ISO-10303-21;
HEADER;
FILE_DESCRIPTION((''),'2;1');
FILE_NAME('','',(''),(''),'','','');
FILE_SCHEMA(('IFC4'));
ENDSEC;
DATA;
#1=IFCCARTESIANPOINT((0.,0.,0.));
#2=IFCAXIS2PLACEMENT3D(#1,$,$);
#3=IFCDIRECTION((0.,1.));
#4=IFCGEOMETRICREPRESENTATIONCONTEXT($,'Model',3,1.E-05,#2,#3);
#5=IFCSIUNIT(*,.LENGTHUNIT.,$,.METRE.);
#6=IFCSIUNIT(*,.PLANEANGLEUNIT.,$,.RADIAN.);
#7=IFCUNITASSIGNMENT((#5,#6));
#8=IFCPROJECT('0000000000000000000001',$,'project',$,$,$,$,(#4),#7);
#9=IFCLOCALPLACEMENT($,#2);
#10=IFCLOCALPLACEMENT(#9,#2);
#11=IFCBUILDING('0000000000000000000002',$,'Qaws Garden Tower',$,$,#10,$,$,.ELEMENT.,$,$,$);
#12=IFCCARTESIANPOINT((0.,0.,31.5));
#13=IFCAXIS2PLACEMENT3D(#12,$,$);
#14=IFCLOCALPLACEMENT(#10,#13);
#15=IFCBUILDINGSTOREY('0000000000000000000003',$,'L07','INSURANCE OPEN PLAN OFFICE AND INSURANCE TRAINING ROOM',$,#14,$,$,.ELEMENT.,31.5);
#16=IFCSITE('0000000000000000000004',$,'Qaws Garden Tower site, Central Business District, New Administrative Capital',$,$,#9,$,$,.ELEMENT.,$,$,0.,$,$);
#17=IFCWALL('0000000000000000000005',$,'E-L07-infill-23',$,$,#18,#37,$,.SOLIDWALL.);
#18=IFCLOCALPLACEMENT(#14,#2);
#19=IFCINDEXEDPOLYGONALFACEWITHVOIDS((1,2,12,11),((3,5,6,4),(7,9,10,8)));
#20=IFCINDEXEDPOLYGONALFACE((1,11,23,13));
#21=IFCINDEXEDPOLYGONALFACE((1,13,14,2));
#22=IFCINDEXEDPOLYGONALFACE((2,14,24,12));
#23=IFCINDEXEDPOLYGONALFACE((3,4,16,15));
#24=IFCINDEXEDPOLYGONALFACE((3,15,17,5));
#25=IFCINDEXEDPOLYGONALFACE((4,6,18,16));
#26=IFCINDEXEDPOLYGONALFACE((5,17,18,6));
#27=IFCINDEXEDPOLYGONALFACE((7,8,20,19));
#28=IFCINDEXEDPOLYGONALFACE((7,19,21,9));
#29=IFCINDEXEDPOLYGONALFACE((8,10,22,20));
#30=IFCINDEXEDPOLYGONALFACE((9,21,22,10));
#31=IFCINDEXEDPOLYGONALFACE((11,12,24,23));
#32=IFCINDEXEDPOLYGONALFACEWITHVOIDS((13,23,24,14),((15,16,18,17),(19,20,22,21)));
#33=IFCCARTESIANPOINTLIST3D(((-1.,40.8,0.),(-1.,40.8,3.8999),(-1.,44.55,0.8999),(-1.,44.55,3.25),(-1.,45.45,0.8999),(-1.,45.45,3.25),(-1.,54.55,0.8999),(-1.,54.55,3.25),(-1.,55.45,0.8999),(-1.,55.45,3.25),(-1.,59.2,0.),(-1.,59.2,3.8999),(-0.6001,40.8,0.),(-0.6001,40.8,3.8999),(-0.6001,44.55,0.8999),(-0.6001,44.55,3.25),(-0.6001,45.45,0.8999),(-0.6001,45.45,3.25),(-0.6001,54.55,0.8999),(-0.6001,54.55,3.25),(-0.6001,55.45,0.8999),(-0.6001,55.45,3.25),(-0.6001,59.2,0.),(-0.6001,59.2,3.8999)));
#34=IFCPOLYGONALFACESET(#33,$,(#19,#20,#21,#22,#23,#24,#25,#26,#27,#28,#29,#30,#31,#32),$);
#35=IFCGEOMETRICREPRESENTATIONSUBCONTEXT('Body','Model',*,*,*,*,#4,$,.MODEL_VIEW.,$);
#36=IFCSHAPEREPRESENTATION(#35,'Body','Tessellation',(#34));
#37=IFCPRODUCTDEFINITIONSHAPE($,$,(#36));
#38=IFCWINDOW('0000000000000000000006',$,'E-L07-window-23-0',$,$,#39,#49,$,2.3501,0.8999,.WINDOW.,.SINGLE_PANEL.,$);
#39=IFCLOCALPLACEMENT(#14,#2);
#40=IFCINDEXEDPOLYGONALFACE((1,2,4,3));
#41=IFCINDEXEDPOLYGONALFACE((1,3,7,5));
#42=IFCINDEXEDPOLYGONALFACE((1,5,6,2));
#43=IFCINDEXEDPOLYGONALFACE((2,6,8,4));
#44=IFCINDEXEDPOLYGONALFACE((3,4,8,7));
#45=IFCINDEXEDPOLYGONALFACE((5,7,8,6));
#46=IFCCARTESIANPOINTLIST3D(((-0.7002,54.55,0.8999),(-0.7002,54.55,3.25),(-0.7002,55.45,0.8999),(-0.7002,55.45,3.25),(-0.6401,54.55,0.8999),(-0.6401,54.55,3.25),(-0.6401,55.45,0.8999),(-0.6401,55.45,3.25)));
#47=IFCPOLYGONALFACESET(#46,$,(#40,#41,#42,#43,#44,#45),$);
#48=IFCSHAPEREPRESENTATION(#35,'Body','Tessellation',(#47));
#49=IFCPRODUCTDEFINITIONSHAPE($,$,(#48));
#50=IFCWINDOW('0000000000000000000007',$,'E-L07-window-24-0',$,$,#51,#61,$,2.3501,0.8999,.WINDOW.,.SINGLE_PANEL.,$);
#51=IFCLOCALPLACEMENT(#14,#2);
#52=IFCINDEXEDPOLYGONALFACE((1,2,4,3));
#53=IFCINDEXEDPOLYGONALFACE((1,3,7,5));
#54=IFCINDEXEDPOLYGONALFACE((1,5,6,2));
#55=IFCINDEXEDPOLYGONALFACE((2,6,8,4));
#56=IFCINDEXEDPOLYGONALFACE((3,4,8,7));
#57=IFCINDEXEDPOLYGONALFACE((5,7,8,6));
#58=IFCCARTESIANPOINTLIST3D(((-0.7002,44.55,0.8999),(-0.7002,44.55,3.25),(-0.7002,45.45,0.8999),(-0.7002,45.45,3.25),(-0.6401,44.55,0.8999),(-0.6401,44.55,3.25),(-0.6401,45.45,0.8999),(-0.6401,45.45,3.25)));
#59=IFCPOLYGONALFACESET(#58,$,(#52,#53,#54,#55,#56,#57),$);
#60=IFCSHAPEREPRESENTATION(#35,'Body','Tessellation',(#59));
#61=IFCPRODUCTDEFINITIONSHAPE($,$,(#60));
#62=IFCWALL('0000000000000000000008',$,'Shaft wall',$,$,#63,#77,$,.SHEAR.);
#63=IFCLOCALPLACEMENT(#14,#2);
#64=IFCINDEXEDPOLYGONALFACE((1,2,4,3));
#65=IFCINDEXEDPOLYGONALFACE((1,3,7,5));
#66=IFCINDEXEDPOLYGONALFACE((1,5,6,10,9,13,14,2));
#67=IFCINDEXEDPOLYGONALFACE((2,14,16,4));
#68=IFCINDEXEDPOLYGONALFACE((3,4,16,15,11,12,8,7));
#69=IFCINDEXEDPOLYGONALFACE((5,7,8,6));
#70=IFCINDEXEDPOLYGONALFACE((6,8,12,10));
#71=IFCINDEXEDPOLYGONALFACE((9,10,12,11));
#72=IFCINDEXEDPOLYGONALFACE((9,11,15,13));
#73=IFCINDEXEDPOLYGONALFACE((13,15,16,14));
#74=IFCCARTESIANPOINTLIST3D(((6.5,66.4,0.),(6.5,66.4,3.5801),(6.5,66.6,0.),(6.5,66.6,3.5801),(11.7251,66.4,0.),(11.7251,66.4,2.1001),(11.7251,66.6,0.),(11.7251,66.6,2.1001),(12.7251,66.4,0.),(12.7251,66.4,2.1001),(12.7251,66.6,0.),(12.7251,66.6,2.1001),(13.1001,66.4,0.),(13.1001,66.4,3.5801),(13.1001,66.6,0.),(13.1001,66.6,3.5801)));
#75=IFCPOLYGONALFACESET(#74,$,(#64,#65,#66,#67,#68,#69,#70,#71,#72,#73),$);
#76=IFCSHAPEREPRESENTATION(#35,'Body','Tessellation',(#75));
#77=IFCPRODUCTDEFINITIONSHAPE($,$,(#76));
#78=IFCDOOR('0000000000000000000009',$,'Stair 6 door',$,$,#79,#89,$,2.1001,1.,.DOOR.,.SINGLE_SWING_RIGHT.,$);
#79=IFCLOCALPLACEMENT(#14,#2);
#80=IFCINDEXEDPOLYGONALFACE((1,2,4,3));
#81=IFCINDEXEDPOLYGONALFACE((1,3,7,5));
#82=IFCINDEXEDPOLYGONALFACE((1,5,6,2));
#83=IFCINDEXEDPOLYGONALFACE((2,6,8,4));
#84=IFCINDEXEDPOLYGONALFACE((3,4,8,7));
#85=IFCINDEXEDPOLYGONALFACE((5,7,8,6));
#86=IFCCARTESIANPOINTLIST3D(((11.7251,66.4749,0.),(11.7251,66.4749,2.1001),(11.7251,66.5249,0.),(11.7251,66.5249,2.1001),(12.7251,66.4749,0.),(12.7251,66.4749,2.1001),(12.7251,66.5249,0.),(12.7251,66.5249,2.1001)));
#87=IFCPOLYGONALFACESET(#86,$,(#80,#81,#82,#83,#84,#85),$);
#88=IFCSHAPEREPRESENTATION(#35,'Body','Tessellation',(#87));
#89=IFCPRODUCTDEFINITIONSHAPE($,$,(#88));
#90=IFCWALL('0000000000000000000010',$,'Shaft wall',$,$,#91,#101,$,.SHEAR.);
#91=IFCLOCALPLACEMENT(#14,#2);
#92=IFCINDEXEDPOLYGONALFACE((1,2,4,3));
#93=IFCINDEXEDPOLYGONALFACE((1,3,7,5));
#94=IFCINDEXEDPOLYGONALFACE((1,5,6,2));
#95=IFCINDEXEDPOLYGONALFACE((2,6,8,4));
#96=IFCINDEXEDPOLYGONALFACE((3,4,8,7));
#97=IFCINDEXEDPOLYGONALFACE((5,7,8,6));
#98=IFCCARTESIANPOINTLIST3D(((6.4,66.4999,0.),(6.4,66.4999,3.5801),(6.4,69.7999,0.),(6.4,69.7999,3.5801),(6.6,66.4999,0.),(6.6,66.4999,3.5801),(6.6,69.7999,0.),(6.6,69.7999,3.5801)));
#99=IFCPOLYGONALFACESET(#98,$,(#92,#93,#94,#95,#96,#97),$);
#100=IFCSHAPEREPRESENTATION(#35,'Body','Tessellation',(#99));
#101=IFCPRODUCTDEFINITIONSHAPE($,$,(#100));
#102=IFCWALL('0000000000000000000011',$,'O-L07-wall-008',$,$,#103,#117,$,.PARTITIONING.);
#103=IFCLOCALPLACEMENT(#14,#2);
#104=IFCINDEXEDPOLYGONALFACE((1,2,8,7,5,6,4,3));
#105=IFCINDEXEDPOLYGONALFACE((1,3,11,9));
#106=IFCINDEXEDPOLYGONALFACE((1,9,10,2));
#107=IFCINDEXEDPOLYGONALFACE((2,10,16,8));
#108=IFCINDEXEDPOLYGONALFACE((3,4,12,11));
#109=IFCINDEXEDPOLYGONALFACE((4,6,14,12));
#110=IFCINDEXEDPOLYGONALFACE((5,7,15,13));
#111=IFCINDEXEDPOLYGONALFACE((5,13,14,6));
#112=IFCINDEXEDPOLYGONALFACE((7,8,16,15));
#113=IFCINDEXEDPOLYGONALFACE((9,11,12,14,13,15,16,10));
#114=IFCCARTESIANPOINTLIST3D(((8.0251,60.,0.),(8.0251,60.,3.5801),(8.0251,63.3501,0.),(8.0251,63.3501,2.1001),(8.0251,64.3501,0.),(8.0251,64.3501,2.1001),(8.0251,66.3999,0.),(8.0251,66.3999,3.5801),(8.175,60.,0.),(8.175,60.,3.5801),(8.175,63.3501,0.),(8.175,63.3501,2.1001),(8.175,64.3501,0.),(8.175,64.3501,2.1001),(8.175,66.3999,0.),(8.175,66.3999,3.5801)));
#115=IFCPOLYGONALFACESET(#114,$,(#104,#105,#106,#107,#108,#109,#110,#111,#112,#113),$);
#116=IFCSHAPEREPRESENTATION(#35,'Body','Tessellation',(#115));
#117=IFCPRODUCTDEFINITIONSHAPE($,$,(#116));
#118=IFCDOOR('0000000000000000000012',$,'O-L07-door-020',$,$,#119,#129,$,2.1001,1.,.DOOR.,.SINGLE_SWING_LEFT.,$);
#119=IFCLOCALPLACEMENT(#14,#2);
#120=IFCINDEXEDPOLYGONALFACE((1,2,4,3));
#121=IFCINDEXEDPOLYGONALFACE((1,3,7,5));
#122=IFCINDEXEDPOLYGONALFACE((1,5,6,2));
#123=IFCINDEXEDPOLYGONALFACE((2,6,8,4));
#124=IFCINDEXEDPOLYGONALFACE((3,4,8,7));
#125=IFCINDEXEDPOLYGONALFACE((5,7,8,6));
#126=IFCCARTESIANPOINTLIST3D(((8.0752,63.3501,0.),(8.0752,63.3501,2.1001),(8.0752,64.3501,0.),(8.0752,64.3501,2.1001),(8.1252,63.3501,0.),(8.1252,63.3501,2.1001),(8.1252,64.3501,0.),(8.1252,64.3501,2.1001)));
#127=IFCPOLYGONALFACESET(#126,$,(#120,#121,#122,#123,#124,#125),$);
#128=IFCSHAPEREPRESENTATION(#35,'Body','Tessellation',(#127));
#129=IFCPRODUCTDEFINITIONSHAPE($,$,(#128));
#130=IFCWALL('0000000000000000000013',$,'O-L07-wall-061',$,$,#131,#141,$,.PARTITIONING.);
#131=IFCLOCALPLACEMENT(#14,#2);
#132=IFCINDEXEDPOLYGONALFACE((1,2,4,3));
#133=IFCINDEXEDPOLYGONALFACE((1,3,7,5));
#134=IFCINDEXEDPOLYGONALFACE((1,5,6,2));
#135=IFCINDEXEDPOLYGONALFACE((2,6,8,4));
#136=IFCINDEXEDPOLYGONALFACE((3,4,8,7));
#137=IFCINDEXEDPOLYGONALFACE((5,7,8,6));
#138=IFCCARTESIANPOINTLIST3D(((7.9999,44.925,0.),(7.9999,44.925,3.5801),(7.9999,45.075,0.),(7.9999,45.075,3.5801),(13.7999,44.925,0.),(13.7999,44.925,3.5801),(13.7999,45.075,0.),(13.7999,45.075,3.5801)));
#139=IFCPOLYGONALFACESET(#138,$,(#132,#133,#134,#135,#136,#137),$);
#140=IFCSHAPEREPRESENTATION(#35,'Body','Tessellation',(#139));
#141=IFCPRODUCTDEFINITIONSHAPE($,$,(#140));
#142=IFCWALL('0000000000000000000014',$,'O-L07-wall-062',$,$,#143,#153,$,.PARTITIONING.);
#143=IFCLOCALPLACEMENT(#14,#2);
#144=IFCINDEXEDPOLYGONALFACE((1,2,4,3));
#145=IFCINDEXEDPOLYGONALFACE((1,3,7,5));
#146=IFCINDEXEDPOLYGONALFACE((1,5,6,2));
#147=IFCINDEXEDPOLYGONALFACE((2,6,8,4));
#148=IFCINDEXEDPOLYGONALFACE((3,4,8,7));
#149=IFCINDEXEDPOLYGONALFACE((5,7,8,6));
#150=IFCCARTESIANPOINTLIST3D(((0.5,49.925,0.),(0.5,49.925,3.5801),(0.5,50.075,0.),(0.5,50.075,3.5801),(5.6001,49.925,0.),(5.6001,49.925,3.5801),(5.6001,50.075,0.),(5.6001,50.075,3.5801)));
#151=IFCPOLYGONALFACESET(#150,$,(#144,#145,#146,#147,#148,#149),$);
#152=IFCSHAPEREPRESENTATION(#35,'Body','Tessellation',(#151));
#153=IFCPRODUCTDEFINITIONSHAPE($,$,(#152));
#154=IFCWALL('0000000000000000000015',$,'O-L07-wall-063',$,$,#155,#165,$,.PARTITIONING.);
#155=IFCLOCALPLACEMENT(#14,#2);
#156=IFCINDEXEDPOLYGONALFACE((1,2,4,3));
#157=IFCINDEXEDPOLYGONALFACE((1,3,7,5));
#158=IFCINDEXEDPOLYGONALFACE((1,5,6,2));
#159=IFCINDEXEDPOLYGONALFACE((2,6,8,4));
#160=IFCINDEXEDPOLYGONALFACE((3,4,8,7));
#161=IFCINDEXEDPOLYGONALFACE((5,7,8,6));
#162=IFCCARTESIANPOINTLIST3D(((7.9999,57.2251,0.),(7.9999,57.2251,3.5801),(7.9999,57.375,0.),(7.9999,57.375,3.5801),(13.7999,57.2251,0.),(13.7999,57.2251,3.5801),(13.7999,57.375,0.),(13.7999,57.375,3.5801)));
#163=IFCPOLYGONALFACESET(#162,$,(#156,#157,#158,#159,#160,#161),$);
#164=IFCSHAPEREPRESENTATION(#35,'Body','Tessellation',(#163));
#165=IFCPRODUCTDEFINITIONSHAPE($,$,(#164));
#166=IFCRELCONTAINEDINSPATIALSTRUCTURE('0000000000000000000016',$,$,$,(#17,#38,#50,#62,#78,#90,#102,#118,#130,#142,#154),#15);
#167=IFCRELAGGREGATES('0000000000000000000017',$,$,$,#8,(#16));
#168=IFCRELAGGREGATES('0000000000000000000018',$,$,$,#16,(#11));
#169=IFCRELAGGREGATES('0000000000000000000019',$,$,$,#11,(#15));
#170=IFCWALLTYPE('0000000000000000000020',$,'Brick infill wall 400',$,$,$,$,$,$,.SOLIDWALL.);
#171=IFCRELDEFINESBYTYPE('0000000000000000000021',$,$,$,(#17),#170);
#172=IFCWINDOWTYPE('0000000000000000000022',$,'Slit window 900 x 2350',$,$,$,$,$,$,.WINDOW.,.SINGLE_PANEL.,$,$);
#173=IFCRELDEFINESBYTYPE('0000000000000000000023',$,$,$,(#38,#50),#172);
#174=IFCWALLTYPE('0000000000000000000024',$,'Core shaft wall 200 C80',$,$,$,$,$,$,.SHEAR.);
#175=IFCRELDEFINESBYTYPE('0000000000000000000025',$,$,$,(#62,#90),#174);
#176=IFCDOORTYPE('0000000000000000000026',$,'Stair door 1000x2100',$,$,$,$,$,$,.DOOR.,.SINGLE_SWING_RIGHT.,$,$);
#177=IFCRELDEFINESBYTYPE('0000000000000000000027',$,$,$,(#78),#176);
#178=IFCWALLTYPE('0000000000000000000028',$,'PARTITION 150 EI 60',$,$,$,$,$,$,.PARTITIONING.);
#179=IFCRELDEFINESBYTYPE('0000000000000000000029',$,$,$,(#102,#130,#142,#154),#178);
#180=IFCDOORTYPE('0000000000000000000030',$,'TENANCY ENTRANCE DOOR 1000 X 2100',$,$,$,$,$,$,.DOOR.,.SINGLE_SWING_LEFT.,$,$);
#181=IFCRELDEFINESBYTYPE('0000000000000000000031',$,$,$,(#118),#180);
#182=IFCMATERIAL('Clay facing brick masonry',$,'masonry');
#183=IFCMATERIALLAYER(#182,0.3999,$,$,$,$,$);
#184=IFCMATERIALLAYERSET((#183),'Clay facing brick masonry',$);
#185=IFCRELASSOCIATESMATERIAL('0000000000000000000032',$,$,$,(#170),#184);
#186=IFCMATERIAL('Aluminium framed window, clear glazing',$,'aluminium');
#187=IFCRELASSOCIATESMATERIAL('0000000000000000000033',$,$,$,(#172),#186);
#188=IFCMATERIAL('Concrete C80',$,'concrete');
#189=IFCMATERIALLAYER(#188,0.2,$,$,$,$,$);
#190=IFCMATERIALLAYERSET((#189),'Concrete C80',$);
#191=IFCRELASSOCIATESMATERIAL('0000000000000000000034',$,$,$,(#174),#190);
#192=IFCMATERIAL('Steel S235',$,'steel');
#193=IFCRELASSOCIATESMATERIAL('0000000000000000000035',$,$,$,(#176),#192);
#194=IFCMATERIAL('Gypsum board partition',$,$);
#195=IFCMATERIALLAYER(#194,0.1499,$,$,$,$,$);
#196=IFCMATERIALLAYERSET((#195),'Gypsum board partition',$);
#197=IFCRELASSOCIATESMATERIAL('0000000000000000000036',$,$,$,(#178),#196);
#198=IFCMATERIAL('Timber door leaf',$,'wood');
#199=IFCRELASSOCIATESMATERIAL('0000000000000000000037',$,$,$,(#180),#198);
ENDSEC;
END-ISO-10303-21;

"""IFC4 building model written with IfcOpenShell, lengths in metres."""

from ifc_helpers import new_model, si_unit, direction, frame, frame_2d, origin, place, context, subcontext, project, spatial, rectangle, extrude, material, layer, layer_set, type_object, element, fill, save


model = new_model("IFC4")

# Units and contexts
model_context = context("Model", 3, precision=1e-05, world=origin(), true_north=direction((0.0, 1.0)))
body_context = subcontext(model_context, "Body", "Model", "MODEL_VIEW")
ifc_project = project(units=[si_unit("LENGTHUNIT", "METRE"), si_unit("PLANEANGLEUNIT", "RADIAN")], contexts=[model_context])

# Site, building, storey
site_placement = place(None, origin())
site = spatial("IfcSite", under=ifc_project, at=site_placement, Name="Qaws Garden Tower site, Central Business District, New Administrative Capital", CompositionType="ELEMENT", RefElevation=0.0)
building_placement = place(site_placement, origin())
building = spatial("IfcBuilding", under=site, at=building_placement, Name="Qaws Garden Tower", CompositionType="ELEMENT")
storey_placement = place(building_placement, frame((0.0, 0.0, 31.5)))
storey = spatial("IfcBuildingStorey", under=building, at=storey_placement, Name="L07", Description="INSURANCE OPEN PLAN OFFICE AND INSURANCE TRAINING ROOM", CompositionType="ELEMENT", Elevation=31.5)

# Shared definitions
ifc_material_1 = material(Name="Clay facing brick masonry", Category="masonry")
ifc_layer_1 = layer(ifc_material_1, 0.3999)
ifc_layer_set_1 = layer_set([ifc_layer_1], Name="Clay facing brick masonry")
wall_type_1 = type_object("IfcWallType", Name="Brick infill wall 400", PredefinedType="SOLIDWALL", material=ifc_layer_set_1)

# Wall, openings, windows
wall_1_placement = place(storey_placement, frame((-0.8, 59.2, 0.0), z_axis=(0.0, 0.0, 1.0), x_axis=(0.0, -1.0, 0.0)))
wall_1 = element("IfcWall", 1, at=wall_1_placement, inside=storey, type_object=wall_type_1, Name="E-L07-infill-23", PredefinedType="SOLIDWALL", context=body_context, shape_type="SweptSolid", body=[
    extrude(rectangle(XDim=18.3999, YDim=0.3999, at=frame_2d((9.2, 0.0))), origin(), (0.0, 0.0, 1.0), 3.8999),
])
opening_1_placement = place(wall_1_placement, frame((3.75, 0.0, 0.8999)))
opening_1 = element("IfcOpeningElement", 2, at=opening_1_placement, cuts=wall_1, PredefinedType="OPENING", context=body_context, shape_type="SweptSolid", body=[
    extrude(rectangle(XDim=0.8999, YDim=2.3501, at=frame_2d((0.45, 1.175))), frame((0.0, 0.21, 0.0), z_axis=(0.0, -1.0, 0.0), x_axis=(1.0, 0.0, 0.0)), (0.0, 0.0, 1.0), 0.4199),
])
opening_2_placement = place(wall_1_placement, frame((13.75, 0.0, 0.8999)))
opening_2 = element("IfcOpeningElement", 3, at=opening_2_placement, cuts=wall_1, PredefinedType="OPENING", context=body_context, shape_type="SweptSolid", body=[
    extrude(rectangle(XDim=0.8999, YDim=2.3501, at=frame_2d((0.45, 1.175))), frame((0.0, 0.21, 0.0), z_axis=(0.0, -1.0, 0.0), x_axis=(1.0, 0.0, 0.0)), (0.0, 0.0, 1.0), 0.4199),
])
ifc_material_2 = material(Name="Aluminium framed window, clear glazing", Category="aluminium")
window_type_1 = type_object("IfcWindowType", Name="Slit window 900 x 2350", PartitioningType="SINGLE_PANEL", PredefinedType="WINDOW", material=ifc_material_2)
window_1_placement = place(opening_1_placement, origin())
window_1 = element("IfcWindow", 4, at=window_1_placement, inside=storey, type_object=window_type_1, Name="E-L07-window-23-0", OverallHeight=2.3501, OverallWidth=0.8999, PartitioningType="SINGLE_PANEL", PredefinedType="WINDOW", context=body_context, shape_type="SweptSolid", body=[
    extrude(rectangle(XDim=0.8999, YDim=2.3501, at=frame_2d((0.45, 1.175))), frame((0.0, 0.1599, 0.0), z_axis=(0.0, -1.0, 0.0), x_axis=(1.0, 0.0, 0.0)), (0.0, 0.0, 1.0), 0.0601),
])
fill(opening_1, window_1)
window_2_placement = place(opening_2_placement, origin())
window_2 = element("IfcWindow", 5, at=window_2_placement, inside=storey, type_object=window_type_1, Name="E-L07-window-24-0", OverallHeight=2.3501, OverallWidth=0.8999, PartitioningType="SINGLE_PANEL", PredefinedType="WINDOW", context=body_context, shape_type="SweptSolid", body=[
    extrude(rectangle(XDim=0.8999, YDim=2.3501, at=frame_2d((0.45, 1.175))), frame((0.0, 0.1599, 0.0), z_axis=(0.0, -1.0, 0.0), x_axis=(1.0, 0.0, 0.0)), (0.0, 0.0, 1.0), 0.0601),
])
fill(opening_2, window_2)

# Wall, opening, door
ifc_material_3 = material(Name="Concrete C80", Category="concrete")
ifc_layer_2 = layer(ifc_material_3, 0.2)
ifc_layer_set_2 = layer_set([ifc_layer_2], Name="Concrete C80")
wall_type_2 = type_object("IfcWallType", Name="Core shaft wall 200 C80", PredefinedType="SHEAR", material=ifc_layer_set_2)
wall_2_placement = place(storey_placement, frame((6.5, 66.5, 0.0), z_axis=(0.0, 0.0, 1.0), x_axis=(1.0, 0.0, 0.0)))
wall_2 = element("IfcWall", 6, at=wall_2_placement, inside=storey, type_object=wall_type_2, Name="Shaft wall", PredefinedType="SHEAR", context=body_context, shape_type="SweptSolid", body=[
    extrude(rectangle(XDim=6.6001, YDim=0.2, at=frame_2d((3.3, 0.0))), origin(), (0.0, 0.0, 1.0), 3.5801),
])
opening_3_placement = place(wall_2_placement, frame((5.2251, 0.0, 0.0)))
opening_3 = element("IfcOpeningElement", 7, at=opening_3_placement, cuts=wall_2, PredefinedType="OPENING", context=body_context, shape_type="SweptSolid", body=[
    extrude(rectangle(XDim=1.0, YDim=2.1001, at=frame_2d((0.5, 1.05))), frame((0.0, 0.1099, 0.0), z_axis=(0.0, -1.0, 0.0), x_axis=(1.0, 0.0, 0.0)), (0.0, 0.0, 1.0), 0.22),
])
ifc_material_4 = material(Name="Steel S235", Category="steel")
door_type_1 = type_object("IfcDoorType", Name="Stair door 1000x2100", OperationType="SINGLE_SWING_RIGHT", PredefinedType="DOOR", material=ifc_material_4)
door_1_placement = place(opening_3_placement, origin())
door_1 = element("IfcDoor", 8, at=door_1_placement, inside=storey, type_object=door_type_1, Name="Stair 6 door", OperationType="SINGLE_SWING_RIGHT", OverallHeight=2.1001, OverallWidth=1.0, PredefinedType="DOOR", context=body_context, shape_type="SweptSolid", body=[
    extrude(rectangle(XDim=1.0, YDim=2.1001, at=frame_2d((0.5, 1.05))), frame((0.0, 0.0249, 0.0), z_axis=(0.0, -1.0, 0.0), x_axis=(1.0, 0.0, 0.0)), (0.0, 0.0, 1.0), 0.05),
])
fill(opening_3, door_1)

# Wall
wall_3_placement = place(storey_placement, frame((6.5, 66.5, 0.0), z_axis=(0.0, 0.0, 1.0), x_axis=(0.0, 1.0, 0.0)))
element("IfcWall", 9, at=wall_3_placement, inside=storey, type_object=wall_type_2, Name="Shaft wall", PredefinedType="SHEAR", context=body_context, shape_type="SweptSolid", body=[
    extrude(rectangle(XDim=3.3, YDim=0.2, at=frame_2d((1.6499, 0.0))), origin(), (0.0, 0.0, 1.0), 3.5801),
])

# Wall, opening, door
ifc_material_5 = material(Name="Gypsum board partition")
ifc_layer_3 = layer(ifc_material_5, 0.1499)
ifc_layer_set_3 = layer_set([ifc_layer_3], Name="Gypsum board partition")
wall_type_3 = type_object("IfcWallType", Name="PARTITION 150 EI 60", PredefinedType="PARTITIONING", material=ifc_layer_set_3)
wall_4_placement = place(storey_placement, frame((8.1001, 60.0, 0.0), z_axis=(0.0, 0.0, 1.0), x_axis=(0.0, 1.0, 0.0)))
wall_4 = element("IfcWall", 10, at=wall_4_placement, inside=storey, type_object=wall_type_3, Name="O-L07-wall-008", PredefinedType="PARTITIONING", context=body_context, shape_type="SweptSolid", body=[
    extrude(rectangle(XDim=6.3999, YDim=0.1499, at=frame_2d((3.2, 0.0))), origin(), (0.0, 0.0, 1.0), 3.5801),
])
opening_4_placement = place(wall_4_placement, frame((3.3501, 0.0, 0.0)))
opening_4 = element("IfcOpeningElement", 11, at=opening_4_placement, cuts=wall_4, PredefinedType="OPENING", context=body_context, shape_type="SweptSolid", body=[
    extrude(rectangle(XDim=1.0, YDim=2.1001, at=frame_2d((0.5, 1.05))), frame((0.0, 0.085, 0.0), z_axis=(0.0, -1.0, 0.0), x_axis=(1.0, 0.0, 0.0)), (0.0, 0.0, 1.0), 0.1699),
])
ifc_material_6 = material(Name="Timber door leaf", Category="wood")
door_type_2 = type_object("IfcDoorType", Name="TENANCY ENTRANCE DOOR 1000 X 2100", OperationType="SINGLE_SWING_LEFT", PredefinedType="DOOR", material=ifc_material_6)
door_2_placement = place(opening_4_placement, origin())
door_2 = element("IfcDoor", 12, at=door_2_placement, inside=storey, type_object=door_type_2, Name="O-L07-door-020", OperationType="SINGLE_SWING_LEFT", OverallHeight=2.1001, OverallWidth=1.0, PredefinedType="DOOR", context=body_context, shape_type="SweptSolid", body=[
    extrude(rectangle(XDim=1.0, YDim=2.1001, at=frame_2d((0.5, 1.05))), frame((0.0, 0.0249, 0.0), z_axis=(0.0, -1.0, 0.0), x_axis=(1.0, 0.0, 0.0)), (0.0, 0.0, 1.0), 0.05),
])
fill(opening_4, door_2)

# Walls
wall_5_placement = place(storey_placement, frame((8.0, 45.0, 0.0), z_axis=(0.0, 0.0, 1.0), x_axis=(1.0, 0.0, 0.0)))
element("IfcWall", 13, at=wall_5_placement, inside=storey, type_object=wall_type_3, Name="O-L07-wall-061", PredefinedType="PARTITIONING", context=body_context, shape_type="SweptSolid", body=[
    extrude(rectangle(XDim=5.8, YDim=0.1499, at=frame_2d((2.8999, 0.0))), origin(), (0.0, 0.0, 1.0), 3.5801),
])
wall_6_placement = place(storey_placement, frame((0.5, 50.0, 0.0), z_axis=(0.0, 0.0, 1.0), x_axis=(1.0, 0.0, 0.0)))
element("IfcWall", 14, at=wall_6_placement, inside=storey, type_object=wall_type_3, Name="O-L07-wall-062", PredefinedType="PARTITIONING", context=body_context, shape_type="SweptSolid", body=[
    extrude(rectangle(XDim=5.1001, YDim=0.1499, at=frame_2d((2.55, 0.0))), origin(), (0.0, 0.0, 1.0), 3.5801),
])
wall_7_placement = place(storey_placement, frame((8.0, 57.3, 0.0), z_axis=(0.0, 0.0, 1.0), x_axis=(1.0, 0.0, 0.0)))
element("IfcWall", 15, at=wall_7_placement, inside=storey, type_object=wall_type_3, Name="O-L07-wall-063", PredefinedType="PARTITIONING", context=body_context, shape_type="SweptSolid", body=[
    extrude(rectangle(XDim=5.8, YDim=0.1499, at=frame_2d((2.8999, 0.0))), origin(), (0.0, 0.0, 1.0), 3.5801),
])

save(model, "model.ifc")
